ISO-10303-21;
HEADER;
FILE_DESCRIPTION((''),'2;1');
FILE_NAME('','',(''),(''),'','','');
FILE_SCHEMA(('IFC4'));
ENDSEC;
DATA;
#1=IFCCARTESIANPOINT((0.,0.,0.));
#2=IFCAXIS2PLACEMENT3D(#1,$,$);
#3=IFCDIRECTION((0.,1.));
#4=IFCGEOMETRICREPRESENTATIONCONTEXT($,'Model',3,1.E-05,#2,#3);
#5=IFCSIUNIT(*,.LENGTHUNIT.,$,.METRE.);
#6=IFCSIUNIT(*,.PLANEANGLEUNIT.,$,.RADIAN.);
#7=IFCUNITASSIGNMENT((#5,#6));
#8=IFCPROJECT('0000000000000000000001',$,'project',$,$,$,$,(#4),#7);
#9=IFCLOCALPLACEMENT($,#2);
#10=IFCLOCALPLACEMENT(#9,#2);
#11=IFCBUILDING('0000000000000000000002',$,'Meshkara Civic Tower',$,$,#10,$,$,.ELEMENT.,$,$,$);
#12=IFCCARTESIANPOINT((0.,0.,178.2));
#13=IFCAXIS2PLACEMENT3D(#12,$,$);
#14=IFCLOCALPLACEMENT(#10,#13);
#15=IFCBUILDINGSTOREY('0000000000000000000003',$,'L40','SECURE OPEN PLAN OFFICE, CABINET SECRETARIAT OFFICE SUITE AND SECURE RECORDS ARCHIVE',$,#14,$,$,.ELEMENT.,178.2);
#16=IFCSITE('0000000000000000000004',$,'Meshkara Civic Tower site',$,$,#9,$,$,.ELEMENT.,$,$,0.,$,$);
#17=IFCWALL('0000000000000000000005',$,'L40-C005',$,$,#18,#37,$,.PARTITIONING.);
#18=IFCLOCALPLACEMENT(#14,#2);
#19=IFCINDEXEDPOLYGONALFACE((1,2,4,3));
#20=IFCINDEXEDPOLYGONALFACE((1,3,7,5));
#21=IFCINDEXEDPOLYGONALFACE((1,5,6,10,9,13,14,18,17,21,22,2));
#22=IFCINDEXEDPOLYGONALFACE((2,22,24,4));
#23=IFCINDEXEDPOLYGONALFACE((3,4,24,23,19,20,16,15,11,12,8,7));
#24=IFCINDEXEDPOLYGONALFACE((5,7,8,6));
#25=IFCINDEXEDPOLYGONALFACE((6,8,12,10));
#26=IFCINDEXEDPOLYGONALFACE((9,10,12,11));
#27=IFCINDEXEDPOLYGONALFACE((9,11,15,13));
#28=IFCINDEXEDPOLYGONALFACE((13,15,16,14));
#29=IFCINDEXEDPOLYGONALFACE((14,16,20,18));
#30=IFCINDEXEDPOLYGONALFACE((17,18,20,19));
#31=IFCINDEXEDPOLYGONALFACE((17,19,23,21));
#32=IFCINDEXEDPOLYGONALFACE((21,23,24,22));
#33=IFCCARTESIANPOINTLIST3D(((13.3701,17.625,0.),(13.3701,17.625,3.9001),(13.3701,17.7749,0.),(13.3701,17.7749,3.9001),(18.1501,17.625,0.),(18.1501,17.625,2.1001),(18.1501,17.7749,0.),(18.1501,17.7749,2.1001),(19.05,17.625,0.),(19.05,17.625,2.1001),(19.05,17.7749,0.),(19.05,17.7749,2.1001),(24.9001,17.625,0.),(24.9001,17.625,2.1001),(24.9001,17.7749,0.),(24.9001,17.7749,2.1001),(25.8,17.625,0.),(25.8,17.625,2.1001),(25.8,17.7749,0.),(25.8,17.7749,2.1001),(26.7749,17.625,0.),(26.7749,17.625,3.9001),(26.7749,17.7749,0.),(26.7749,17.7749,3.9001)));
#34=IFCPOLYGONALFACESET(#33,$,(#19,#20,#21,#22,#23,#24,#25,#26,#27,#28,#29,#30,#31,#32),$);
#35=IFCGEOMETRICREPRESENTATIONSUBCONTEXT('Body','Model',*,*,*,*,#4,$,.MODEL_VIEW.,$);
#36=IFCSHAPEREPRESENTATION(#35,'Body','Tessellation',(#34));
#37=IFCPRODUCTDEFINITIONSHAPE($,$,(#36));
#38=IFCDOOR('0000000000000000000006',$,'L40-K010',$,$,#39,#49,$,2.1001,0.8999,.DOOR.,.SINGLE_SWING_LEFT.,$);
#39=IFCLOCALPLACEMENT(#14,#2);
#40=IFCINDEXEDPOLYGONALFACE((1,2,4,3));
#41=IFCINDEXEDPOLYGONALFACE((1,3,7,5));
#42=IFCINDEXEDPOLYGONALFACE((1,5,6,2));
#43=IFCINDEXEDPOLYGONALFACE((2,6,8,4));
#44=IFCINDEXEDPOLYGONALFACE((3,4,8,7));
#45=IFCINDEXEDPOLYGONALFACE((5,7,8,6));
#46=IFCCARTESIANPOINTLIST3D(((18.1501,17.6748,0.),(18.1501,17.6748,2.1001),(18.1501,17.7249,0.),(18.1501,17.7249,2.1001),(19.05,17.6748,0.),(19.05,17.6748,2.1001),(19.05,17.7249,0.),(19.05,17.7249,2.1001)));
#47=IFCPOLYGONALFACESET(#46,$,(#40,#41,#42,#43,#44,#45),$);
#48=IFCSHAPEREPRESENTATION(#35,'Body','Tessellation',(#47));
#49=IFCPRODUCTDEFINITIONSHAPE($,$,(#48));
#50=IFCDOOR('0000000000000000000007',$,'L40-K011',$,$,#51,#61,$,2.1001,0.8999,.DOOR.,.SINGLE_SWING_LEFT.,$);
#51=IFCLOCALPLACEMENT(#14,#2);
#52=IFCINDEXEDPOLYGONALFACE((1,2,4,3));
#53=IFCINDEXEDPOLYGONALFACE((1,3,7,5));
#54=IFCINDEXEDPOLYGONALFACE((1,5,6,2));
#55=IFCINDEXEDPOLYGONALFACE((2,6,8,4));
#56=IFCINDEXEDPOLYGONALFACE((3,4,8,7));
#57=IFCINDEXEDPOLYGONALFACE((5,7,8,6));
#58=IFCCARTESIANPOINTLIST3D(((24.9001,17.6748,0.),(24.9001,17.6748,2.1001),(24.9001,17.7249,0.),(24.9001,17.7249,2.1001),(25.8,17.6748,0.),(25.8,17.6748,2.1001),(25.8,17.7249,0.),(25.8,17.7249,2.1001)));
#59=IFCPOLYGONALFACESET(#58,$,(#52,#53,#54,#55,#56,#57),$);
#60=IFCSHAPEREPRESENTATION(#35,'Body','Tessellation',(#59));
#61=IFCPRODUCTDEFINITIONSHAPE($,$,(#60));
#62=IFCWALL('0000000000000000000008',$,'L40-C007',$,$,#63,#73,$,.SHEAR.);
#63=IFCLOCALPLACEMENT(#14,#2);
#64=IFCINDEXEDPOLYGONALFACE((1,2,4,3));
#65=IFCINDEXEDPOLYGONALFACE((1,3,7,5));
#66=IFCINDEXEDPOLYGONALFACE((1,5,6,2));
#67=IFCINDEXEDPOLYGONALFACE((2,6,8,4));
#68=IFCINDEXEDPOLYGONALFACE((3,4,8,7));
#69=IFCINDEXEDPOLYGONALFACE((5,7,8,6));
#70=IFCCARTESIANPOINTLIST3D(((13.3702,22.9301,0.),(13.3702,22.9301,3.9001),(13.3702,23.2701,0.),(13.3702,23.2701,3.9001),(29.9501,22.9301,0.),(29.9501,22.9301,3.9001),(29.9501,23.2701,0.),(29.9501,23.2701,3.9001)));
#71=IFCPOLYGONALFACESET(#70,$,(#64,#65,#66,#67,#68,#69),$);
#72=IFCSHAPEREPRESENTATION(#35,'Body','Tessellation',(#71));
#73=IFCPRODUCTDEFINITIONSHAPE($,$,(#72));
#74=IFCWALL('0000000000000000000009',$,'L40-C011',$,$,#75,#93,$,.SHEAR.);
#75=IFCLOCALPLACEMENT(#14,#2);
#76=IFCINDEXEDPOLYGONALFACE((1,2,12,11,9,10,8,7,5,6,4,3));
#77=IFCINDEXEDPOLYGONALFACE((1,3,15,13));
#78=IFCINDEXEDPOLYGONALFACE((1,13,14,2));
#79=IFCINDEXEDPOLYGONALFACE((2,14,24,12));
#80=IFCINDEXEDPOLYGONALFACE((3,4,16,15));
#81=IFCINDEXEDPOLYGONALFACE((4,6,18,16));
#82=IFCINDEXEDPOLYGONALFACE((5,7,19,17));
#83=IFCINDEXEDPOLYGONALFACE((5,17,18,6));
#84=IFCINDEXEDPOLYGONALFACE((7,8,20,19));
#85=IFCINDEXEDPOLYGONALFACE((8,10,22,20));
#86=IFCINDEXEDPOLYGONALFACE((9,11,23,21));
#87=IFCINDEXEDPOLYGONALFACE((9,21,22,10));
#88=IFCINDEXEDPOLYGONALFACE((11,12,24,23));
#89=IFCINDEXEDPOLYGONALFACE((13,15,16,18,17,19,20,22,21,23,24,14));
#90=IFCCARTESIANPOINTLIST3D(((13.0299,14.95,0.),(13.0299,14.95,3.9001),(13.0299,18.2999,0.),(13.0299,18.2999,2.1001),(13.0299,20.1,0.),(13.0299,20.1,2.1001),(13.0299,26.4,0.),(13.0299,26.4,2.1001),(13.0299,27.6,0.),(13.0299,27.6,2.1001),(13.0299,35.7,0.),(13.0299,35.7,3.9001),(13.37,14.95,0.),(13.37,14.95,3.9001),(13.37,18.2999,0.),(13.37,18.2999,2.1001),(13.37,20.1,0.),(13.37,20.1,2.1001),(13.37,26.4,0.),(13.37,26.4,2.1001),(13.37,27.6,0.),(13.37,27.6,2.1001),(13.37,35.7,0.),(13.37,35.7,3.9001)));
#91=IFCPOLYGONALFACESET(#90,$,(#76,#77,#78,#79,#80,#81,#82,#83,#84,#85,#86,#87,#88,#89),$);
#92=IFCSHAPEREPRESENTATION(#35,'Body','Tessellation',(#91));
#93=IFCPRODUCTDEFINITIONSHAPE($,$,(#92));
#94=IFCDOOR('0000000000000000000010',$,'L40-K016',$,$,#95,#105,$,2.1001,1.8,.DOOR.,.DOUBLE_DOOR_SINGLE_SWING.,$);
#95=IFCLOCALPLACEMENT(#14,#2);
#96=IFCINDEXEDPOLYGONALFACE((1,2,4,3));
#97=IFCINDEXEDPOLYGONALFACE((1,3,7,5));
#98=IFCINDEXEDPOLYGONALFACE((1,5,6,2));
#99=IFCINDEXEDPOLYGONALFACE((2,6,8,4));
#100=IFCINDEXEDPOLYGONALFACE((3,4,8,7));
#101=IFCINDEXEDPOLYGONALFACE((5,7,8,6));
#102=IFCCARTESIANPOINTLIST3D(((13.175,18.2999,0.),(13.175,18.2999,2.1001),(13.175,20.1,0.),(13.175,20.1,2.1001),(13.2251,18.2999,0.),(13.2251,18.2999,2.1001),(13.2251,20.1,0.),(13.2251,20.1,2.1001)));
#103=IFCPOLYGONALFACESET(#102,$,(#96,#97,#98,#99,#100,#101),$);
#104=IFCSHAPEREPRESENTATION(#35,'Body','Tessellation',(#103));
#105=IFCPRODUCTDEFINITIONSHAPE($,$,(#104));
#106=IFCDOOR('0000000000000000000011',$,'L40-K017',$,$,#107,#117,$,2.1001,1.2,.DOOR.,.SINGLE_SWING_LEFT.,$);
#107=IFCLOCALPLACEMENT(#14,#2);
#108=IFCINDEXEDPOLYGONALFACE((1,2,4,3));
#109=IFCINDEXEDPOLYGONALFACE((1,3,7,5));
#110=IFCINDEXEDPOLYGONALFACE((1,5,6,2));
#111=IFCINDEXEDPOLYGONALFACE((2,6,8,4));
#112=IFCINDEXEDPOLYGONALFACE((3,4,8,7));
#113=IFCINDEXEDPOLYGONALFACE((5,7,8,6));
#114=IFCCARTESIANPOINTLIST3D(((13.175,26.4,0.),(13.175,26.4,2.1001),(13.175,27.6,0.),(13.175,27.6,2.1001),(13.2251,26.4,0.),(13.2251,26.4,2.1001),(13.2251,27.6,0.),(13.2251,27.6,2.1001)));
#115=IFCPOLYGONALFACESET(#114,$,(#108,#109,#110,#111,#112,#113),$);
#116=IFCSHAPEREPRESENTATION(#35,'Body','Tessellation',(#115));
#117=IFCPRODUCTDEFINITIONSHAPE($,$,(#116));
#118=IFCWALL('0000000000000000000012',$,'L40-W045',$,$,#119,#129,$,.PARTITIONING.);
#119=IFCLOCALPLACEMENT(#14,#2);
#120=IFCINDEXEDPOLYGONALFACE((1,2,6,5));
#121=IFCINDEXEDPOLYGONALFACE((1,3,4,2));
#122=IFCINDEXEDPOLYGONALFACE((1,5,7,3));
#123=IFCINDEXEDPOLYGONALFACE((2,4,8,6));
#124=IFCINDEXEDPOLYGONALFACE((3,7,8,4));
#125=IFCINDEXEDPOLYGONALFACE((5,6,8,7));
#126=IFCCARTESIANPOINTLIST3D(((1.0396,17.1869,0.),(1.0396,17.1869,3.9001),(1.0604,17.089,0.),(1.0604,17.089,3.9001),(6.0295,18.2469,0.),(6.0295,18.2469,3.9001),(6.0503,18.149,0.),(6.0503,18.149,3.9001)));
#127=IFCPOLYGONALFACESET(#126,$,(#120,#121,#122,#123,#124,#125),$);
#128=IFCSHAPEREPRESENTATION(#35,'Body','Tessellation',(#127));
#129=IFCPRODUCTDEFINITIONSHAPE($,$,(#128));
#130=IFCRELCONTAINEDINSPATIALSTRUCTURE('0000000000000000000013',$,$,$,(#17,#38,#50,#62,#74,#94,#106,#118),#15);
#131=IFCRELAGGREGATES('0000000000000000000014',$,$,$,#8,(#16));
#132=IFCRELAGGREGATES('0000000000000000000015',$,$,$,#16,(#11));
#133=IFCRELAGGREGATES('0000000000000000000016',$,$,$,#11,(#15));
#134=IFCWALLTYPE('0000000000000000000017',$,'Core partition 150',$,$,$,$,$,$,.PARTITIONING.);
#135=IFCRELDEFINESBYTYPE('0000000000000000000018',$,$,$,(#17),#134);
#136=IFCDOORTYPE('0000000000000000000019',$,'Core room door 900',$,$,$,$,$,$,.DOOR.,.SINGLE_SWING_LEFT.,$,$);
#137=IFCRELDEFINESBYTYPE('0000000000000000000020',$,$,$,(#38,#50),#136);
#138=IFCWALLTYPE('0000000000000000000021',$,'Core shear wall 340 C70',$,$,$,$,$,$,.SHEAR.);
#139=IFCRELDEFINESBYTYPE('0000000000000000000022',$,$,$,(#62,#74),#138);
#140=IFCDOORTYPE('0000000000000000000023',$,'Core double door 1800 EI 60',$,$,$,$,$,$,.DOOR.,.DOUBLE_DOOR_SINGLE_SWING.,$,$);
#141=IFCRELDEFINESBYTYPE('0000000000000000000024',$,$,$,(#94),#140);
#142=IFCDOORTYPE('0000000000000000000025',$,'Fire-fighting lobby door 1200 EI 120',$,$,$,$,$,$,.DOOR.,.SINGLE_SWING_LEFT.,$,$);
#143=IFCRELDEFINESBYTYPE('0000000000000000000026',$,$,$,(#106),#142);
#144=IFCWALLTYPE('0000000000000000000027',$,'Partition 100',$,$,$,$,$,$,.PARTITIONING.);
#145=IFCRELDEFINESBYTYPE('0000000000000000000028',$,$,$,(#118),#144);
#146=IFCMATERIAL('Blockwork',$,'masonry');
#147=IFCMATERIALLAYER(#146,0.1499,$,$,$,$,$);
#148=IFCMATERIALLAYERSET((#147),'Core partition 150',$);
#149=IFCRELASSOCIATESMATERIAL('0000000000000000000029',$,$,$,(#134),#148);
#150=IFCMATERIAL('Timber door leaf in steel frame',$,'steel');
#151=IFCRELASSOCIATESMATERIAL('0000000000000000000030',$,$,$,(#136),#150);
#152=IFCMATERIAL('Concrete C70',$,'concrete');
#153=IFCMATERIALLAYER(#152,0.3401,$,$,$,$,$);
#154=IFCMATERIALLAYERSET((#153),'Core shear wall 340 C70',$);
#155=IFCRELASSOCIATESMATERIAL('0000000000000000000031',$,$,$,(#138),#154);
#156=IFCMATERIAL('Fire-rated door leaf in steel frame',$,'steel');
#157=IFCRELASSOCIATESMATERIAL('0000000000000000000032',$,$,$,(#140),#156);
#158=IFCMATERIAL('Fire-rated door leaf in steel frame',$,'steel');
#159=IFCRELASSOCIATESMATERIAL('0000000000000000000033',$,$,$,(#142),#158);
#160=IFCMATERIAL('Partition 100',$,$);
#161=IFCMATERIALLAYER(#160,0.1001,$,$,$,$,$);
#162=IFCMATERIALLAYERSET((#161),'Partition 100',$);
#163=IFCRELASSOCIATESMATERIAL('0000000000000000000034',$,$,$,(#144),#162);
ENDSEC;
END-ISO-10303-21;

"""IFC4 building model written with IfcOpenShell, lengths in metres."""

from ifc_helpers import new_model, si_unit, direction, frame, frame_2d, origin, place, context, subcontext, project, spatial, rectangle, extrude, material, layer, layer_set, type_object, element, fill, save


model = new_model("IFC4")

# Units and contexts
model_context = context("Model", 3, precision=1e-05, world=origin(), true_north=direction((0.0, 1.0)))
body_context = subcontext(model_context, "Body", "Model", "MODEL_VIEW")
ifc_project = project(units=[si_unit("LENGTHUNIT", "METRE"), si_unit("PLANEANGLEUNIT", "RADIAN")], contexts=[model_context])

# Site, building, storey
site_placement = place(None, origin())
site = spatial("IfcSite", under=ifc_project, at=site_placement, Name="Meshkara Civic Tower site", CompositionType="ELEMENT", RefElevation=0.0)
building_placement = place(site_placement, origin())
building = spatial("IfcBuilding", under=site, at=building_placement, Name="Meshkara Civic Tower", CompositionType="ELEMENT")
storey_placement = place(building_placement, frame((0.0, 0.0, 178.2)))
storey = spatial("IfcBuildingStorey", under=building, at=storey_placement, Name="L40", Description="SECURE OPEN PLAN OFFICE, CABINET SECRETARIAT OFFICE SUITE AND SECURE RECORDS ARCHIVE", CompositionType="ELEMENT", Elevation=178.2)

# Wall, openings, doors
ifc_material_1 = material(Name="Blockwork", Category="masonry")
ifc_layer_1 = layer(ifc_material_1, 0.1499)
ifc_layer_set_1 = layer_set([ifc_layer_1], Name="Core partition 150")
wall_type_1 = type_object("IfcWallType", Name="Core partition 150", PredefinedType="PARTITIONING", material=ifc_layer_set_1)
wall_1_placement = place(storey_placement, frame((13.3701, 17.7, 0.0), z_axis=(0.0, 0.0, 1.0), x_axis=(1.0, 0.0, 0.0)))
wall_1 = element("IfcWall", 1, at=wall_1_placement, inside=storey, type_object=wall_type_1, Name="L40-C005", PredefinedType="PARTITIONING", context=body_context, shape_type="SweptSolid", body=[
    extrude(rectangle(XDim=13.4048, YDim=0.1499, at=frame_2d((6.7024, 0.0))), origin(), (0.0, 0.0, 1.0), 3.9001),
])
opening_1_placement = place(wall_1_placement, frame((4.78, 0.0, 0.0)))
opening_1 = element("IfcOpeningElement", 2, at=opening_1_placement, cuts=wall_1, PredefinedType="OPENING", context=body_context, shape_type="SweptSolid", body=[
    extrude(rectangle(XDim=0.8999, YDim=2.1001, at=frame_2d((0.45, 1.05))), frame((0.0, 0.085, 0.0), z_axis=(0.0, -1.0, 0.0), x_axis=(1.0, 0.0, 0.0)), (0.0, 0.0, 1.0), 0.1699),
])
opening_2_placement = place(wall_1_placement, frame((11.53, 0.0, 0.0)))
opening_2 = element("IfcOpeningElement", 3, at=opening_2_placement, cuts=wall_1, PredefinedType="OPENING", context=body_context, shape_type="SweptSolid", body=[
    extrude(rectangle(XDim=0.8999, YDim=2.1001, at=frame_2d((0.45, 1.05))), frame((0.0, 0.085, 0.0), z_axis=(0.0, -1.0, 0.0), x_axis=(1.0, 0.0, 0.0)), (0.0, 0.0, 1.0), 0.1699),
])
ifc_material_2 = material(Name="Timber door leaf in steel frame", Category="steel")
door_type_1 = type_object("IfcDoorType", Name="Core room door 900", OperationType="SINGLE_SWING_LEFT", PredefinedType="DOOR", material=ifc_material_2)
door_1_placement = place(opening_1_placement, origin())
door_1 = element("IfcDoor", 4, at=door_1_placement, inside=storey, type_object=door_type_1, Name="L40-K010", OperationType="SINGLE_SWING_LEFT", OverallHeight=2.1001, OverallWidth=0.8999, PredefinedType="DOOR", context=body_context, shape_type="SweptSolid", body=[
    extrude(rectangle(XDim=0.8999, YDim=2.1001, at=frame_2d((0.45, 1.05))), frame((0.0, 0.0249, 0.0), z_axis=(0.0, -1.0, 0.0), x_axis=(1.0, 0.0, 0.0)), (0.0, 0.0, 1.0), 0.05),
])
fill(opening_1, door_1)
door_2_placement = place(opening_2_placement, origin())
door_2 = element("IfcDoor", 5, at=door_2_placement, inside=storey, type_object=door_type_1, Name="L40-K011", OperationType="SINGLE_SWING_LEFT", OverallHeight=2.1001, OverallWidth=0.8999, PredefinedType="DOOR", context=body_context, shape_type="SweptSolid", body=[
    extrude(rectangle(XDim=0.8999, YDim=2.1001, at=frame_2d((0.45, 1.05))), frame((0.0, 0.0249, 0.0), z_axis=(0.0, -1.0, 0.0), x_axis=(1.0, 0.0, 0.0)), (0.0, 0.0, 1.0), 0.05),
])
fill(opening_2, door_2)

# Wall
ifc_material_3 = material(Name="Concrete C70", Category="concrete")
ifc_layer_2 = layer(ifc_material_3, 0.3401)
ifc_layer_set_2 = layer_set([ifc_layer_2], Name="Core shear wall 340 C70")
wall_type_2 = type_object("IfcWallType", Name="Core shear wall 340 C70", PredefinedType="SHEAR", material=ifc_layer_set_2)
wall_2_placement = place(storey_placement, frame((13.3701, 23.1001, 0.0), z_axis=(0.0, 0.0, 1.0), x_axis=(1.0, 0.0, 0.0)))
element("IfcWall", 6, at=wall_2_placement, inside=storey, type_object=wall_type_2, Name="L40-C007", PredefinedType="SHEAR", context=body_context, shape_type="SweptSolid", body=[
    extrude(rectangle(XDim=16.5798, YDim=0.3401, at=frame_2d((8.29, 0.0))), origin(), (0.0, 0.0, 1.0), 3.9001),
])

# Wall, openings, doors
wall_3_placement = place(storey_placement, frame((13.2, 14.95, 0.0), z_axis=(0.0, 0.0, 1.0), x_axis=(0.0, 1.0, 0.0)))
wall_3 = element("IfcWall", 7, at=wall_3_placement, inside=storey, type_object=wall_type_2, Name="L40-C011", PredefinedType="SHEAR", context=body_context, shape_type="SweptSolid", body=[
    extrude(rectangle(XDim=20.75, YDim=0.3401, at=frame_2d((10.375, 0.0))), origin(), (0.0, 0.0, 1.0), 3.9001),
])
opening_3_placement = place(wall_3_placement, frame((3.3501, 0.0, 0.0)))
opening_3 = element("IfcOpeningElement", 8, at=opening_3_placement, cuts=wall_3, PredefinedType="OPENING", context=body_context, shape_type="SweptSolid", body=[
    extrude(rectangle(XDim=1.8, YDim=2.1001, at=frame_2d((0.8999, 1.05))), frame((0.0, 0.1799, 0.0), z_axis=(0.0, -1.0, 0.0), x_axis=(1.0, 0.0, 0.0)), (0.0, 0.0, 1.0), 0.3601),
])
opening_4_placement = place(wall_3_placement, frame((11.45, 0.0, 0.0)))
opening_4 = element("IfcOpeningElement", 9, at=opening_4_placement, cuts=wall_3, PredefinedType="OPENING", context=body_context, shape_type="SweptSolid", body=[
    extrude(rectangle(XDim=1.2, YDim=2.1001, at=frame_2d((0.6001, 1.05))), frame((0.0, 0.1799, 0.0), z_axis=(0.0, -1.0, 0.0), x_axis=(1.0, 0.0, 0.0)), (0.0, 0.0, 1.0), 0.3601),
])
ifc_material_4 = material(Name="Fire-rated door leaf in steel frame", Category="steel")
door_type_2 = type_object("IfcDoorType", Name="Core double door 1800 EI 60", OperationType="DOUBLE_DOOR_SINGLE_SWING", PredefinedType="DOOR", material=ifc_material_4)
door_3_placement = place(opening_3_placement, origin())
door_3 = element("IfcDoor", 10, at=door_3_placement, inside=storey, type_object=door_type_2, Name="L40-K016", OperationType="DOUBLE_DOOR_SINGLE_SWING", OverallHeight=2.1001, OverallWidth=1.8, PredefinedType="DOOR", context=body_context, shape_type="SweptSolid", body=[
    extrude(rectangle(XDim=1.8, YDim=2.1001, at=frame_2d((0.8999, 1.05))), frame((0.0, 0.0249, 0.0), z_axis=(0.0, -1.0, 0.0), x_axis=(1.0, 0.0, 0.0)), (0.0, 0.0, 1.0), 0.05),
])
fill(opening_3, door_3)
ifc_material_5 = material(Name="Fire-rated door leaf in steel frame", Category="steel")
door_type_3 = type_object("IfcDoorType", Name="Fire-fighting lobby door 1200 EI 120", OperationType="SINGLE_SWING_LEFT", PredefinedType="DOOR", material=ifc_material_5)
door_4_placement = place(opening_4_placement, origin())
door_4 = element("IfcDoor", 11, at=door_4_placement, inside=storey, type_object=door_type_3, Name="L40-K017", OperationType="SINGLE_SWING_LEFT", OverallHeight=2.1001, OverallWidth=1.2, PredefinedType="DOOR", context=body_context, shape_type="SweptSolid", body=[
    extrude(rectangle(XDim=1.2, YDim=2.1001, at=frame_2d((0.6001, 1.05))), frame((0.0, 0.0249, 0.0), z_axis=(0.0, -1.0, 0.0), x_axis=(1.0, 0.0, 0.0)), (0.0, 0.0, 1.0), 0.05),
])
fill(opening_4, door_4)

# Wall
ifc_material_6 = material(Name="Partition 100")
ifc_layer_3 = layer(ifc_material_6, 0.1001)
ifc_layer_set_3 = layer_set([ifc_layer_3], Name="Partition 100")
wall_type_3 = type_object("IfcWallType", Name="Partition 100", PredefinedType="PARTITIONING", material=ifc_layer_set_3)
wall_4_placement = place(storey_placement, frame((6.04, 18.198, 0.0), z_axis=(0.0, 0.0, 1.0), x_axis=(-0.978171, -0.2078, 0.0)))
element("IfcWall", 12, at=wall_4_placement, inside=storey, type_object=wall_type_3, Name="L40-W045", PredefinedType="PARTITIONING", context=body_context, shape_type="SweptSolid", body=[
    extrude(rectangle(XDim=5.1013, YDim=0.1001, at=frame_2d((2.5508, 0.0))), origin(), (0.0, 0.0, 1.0), 3.9001),
])

save(model, "model.ifc")
